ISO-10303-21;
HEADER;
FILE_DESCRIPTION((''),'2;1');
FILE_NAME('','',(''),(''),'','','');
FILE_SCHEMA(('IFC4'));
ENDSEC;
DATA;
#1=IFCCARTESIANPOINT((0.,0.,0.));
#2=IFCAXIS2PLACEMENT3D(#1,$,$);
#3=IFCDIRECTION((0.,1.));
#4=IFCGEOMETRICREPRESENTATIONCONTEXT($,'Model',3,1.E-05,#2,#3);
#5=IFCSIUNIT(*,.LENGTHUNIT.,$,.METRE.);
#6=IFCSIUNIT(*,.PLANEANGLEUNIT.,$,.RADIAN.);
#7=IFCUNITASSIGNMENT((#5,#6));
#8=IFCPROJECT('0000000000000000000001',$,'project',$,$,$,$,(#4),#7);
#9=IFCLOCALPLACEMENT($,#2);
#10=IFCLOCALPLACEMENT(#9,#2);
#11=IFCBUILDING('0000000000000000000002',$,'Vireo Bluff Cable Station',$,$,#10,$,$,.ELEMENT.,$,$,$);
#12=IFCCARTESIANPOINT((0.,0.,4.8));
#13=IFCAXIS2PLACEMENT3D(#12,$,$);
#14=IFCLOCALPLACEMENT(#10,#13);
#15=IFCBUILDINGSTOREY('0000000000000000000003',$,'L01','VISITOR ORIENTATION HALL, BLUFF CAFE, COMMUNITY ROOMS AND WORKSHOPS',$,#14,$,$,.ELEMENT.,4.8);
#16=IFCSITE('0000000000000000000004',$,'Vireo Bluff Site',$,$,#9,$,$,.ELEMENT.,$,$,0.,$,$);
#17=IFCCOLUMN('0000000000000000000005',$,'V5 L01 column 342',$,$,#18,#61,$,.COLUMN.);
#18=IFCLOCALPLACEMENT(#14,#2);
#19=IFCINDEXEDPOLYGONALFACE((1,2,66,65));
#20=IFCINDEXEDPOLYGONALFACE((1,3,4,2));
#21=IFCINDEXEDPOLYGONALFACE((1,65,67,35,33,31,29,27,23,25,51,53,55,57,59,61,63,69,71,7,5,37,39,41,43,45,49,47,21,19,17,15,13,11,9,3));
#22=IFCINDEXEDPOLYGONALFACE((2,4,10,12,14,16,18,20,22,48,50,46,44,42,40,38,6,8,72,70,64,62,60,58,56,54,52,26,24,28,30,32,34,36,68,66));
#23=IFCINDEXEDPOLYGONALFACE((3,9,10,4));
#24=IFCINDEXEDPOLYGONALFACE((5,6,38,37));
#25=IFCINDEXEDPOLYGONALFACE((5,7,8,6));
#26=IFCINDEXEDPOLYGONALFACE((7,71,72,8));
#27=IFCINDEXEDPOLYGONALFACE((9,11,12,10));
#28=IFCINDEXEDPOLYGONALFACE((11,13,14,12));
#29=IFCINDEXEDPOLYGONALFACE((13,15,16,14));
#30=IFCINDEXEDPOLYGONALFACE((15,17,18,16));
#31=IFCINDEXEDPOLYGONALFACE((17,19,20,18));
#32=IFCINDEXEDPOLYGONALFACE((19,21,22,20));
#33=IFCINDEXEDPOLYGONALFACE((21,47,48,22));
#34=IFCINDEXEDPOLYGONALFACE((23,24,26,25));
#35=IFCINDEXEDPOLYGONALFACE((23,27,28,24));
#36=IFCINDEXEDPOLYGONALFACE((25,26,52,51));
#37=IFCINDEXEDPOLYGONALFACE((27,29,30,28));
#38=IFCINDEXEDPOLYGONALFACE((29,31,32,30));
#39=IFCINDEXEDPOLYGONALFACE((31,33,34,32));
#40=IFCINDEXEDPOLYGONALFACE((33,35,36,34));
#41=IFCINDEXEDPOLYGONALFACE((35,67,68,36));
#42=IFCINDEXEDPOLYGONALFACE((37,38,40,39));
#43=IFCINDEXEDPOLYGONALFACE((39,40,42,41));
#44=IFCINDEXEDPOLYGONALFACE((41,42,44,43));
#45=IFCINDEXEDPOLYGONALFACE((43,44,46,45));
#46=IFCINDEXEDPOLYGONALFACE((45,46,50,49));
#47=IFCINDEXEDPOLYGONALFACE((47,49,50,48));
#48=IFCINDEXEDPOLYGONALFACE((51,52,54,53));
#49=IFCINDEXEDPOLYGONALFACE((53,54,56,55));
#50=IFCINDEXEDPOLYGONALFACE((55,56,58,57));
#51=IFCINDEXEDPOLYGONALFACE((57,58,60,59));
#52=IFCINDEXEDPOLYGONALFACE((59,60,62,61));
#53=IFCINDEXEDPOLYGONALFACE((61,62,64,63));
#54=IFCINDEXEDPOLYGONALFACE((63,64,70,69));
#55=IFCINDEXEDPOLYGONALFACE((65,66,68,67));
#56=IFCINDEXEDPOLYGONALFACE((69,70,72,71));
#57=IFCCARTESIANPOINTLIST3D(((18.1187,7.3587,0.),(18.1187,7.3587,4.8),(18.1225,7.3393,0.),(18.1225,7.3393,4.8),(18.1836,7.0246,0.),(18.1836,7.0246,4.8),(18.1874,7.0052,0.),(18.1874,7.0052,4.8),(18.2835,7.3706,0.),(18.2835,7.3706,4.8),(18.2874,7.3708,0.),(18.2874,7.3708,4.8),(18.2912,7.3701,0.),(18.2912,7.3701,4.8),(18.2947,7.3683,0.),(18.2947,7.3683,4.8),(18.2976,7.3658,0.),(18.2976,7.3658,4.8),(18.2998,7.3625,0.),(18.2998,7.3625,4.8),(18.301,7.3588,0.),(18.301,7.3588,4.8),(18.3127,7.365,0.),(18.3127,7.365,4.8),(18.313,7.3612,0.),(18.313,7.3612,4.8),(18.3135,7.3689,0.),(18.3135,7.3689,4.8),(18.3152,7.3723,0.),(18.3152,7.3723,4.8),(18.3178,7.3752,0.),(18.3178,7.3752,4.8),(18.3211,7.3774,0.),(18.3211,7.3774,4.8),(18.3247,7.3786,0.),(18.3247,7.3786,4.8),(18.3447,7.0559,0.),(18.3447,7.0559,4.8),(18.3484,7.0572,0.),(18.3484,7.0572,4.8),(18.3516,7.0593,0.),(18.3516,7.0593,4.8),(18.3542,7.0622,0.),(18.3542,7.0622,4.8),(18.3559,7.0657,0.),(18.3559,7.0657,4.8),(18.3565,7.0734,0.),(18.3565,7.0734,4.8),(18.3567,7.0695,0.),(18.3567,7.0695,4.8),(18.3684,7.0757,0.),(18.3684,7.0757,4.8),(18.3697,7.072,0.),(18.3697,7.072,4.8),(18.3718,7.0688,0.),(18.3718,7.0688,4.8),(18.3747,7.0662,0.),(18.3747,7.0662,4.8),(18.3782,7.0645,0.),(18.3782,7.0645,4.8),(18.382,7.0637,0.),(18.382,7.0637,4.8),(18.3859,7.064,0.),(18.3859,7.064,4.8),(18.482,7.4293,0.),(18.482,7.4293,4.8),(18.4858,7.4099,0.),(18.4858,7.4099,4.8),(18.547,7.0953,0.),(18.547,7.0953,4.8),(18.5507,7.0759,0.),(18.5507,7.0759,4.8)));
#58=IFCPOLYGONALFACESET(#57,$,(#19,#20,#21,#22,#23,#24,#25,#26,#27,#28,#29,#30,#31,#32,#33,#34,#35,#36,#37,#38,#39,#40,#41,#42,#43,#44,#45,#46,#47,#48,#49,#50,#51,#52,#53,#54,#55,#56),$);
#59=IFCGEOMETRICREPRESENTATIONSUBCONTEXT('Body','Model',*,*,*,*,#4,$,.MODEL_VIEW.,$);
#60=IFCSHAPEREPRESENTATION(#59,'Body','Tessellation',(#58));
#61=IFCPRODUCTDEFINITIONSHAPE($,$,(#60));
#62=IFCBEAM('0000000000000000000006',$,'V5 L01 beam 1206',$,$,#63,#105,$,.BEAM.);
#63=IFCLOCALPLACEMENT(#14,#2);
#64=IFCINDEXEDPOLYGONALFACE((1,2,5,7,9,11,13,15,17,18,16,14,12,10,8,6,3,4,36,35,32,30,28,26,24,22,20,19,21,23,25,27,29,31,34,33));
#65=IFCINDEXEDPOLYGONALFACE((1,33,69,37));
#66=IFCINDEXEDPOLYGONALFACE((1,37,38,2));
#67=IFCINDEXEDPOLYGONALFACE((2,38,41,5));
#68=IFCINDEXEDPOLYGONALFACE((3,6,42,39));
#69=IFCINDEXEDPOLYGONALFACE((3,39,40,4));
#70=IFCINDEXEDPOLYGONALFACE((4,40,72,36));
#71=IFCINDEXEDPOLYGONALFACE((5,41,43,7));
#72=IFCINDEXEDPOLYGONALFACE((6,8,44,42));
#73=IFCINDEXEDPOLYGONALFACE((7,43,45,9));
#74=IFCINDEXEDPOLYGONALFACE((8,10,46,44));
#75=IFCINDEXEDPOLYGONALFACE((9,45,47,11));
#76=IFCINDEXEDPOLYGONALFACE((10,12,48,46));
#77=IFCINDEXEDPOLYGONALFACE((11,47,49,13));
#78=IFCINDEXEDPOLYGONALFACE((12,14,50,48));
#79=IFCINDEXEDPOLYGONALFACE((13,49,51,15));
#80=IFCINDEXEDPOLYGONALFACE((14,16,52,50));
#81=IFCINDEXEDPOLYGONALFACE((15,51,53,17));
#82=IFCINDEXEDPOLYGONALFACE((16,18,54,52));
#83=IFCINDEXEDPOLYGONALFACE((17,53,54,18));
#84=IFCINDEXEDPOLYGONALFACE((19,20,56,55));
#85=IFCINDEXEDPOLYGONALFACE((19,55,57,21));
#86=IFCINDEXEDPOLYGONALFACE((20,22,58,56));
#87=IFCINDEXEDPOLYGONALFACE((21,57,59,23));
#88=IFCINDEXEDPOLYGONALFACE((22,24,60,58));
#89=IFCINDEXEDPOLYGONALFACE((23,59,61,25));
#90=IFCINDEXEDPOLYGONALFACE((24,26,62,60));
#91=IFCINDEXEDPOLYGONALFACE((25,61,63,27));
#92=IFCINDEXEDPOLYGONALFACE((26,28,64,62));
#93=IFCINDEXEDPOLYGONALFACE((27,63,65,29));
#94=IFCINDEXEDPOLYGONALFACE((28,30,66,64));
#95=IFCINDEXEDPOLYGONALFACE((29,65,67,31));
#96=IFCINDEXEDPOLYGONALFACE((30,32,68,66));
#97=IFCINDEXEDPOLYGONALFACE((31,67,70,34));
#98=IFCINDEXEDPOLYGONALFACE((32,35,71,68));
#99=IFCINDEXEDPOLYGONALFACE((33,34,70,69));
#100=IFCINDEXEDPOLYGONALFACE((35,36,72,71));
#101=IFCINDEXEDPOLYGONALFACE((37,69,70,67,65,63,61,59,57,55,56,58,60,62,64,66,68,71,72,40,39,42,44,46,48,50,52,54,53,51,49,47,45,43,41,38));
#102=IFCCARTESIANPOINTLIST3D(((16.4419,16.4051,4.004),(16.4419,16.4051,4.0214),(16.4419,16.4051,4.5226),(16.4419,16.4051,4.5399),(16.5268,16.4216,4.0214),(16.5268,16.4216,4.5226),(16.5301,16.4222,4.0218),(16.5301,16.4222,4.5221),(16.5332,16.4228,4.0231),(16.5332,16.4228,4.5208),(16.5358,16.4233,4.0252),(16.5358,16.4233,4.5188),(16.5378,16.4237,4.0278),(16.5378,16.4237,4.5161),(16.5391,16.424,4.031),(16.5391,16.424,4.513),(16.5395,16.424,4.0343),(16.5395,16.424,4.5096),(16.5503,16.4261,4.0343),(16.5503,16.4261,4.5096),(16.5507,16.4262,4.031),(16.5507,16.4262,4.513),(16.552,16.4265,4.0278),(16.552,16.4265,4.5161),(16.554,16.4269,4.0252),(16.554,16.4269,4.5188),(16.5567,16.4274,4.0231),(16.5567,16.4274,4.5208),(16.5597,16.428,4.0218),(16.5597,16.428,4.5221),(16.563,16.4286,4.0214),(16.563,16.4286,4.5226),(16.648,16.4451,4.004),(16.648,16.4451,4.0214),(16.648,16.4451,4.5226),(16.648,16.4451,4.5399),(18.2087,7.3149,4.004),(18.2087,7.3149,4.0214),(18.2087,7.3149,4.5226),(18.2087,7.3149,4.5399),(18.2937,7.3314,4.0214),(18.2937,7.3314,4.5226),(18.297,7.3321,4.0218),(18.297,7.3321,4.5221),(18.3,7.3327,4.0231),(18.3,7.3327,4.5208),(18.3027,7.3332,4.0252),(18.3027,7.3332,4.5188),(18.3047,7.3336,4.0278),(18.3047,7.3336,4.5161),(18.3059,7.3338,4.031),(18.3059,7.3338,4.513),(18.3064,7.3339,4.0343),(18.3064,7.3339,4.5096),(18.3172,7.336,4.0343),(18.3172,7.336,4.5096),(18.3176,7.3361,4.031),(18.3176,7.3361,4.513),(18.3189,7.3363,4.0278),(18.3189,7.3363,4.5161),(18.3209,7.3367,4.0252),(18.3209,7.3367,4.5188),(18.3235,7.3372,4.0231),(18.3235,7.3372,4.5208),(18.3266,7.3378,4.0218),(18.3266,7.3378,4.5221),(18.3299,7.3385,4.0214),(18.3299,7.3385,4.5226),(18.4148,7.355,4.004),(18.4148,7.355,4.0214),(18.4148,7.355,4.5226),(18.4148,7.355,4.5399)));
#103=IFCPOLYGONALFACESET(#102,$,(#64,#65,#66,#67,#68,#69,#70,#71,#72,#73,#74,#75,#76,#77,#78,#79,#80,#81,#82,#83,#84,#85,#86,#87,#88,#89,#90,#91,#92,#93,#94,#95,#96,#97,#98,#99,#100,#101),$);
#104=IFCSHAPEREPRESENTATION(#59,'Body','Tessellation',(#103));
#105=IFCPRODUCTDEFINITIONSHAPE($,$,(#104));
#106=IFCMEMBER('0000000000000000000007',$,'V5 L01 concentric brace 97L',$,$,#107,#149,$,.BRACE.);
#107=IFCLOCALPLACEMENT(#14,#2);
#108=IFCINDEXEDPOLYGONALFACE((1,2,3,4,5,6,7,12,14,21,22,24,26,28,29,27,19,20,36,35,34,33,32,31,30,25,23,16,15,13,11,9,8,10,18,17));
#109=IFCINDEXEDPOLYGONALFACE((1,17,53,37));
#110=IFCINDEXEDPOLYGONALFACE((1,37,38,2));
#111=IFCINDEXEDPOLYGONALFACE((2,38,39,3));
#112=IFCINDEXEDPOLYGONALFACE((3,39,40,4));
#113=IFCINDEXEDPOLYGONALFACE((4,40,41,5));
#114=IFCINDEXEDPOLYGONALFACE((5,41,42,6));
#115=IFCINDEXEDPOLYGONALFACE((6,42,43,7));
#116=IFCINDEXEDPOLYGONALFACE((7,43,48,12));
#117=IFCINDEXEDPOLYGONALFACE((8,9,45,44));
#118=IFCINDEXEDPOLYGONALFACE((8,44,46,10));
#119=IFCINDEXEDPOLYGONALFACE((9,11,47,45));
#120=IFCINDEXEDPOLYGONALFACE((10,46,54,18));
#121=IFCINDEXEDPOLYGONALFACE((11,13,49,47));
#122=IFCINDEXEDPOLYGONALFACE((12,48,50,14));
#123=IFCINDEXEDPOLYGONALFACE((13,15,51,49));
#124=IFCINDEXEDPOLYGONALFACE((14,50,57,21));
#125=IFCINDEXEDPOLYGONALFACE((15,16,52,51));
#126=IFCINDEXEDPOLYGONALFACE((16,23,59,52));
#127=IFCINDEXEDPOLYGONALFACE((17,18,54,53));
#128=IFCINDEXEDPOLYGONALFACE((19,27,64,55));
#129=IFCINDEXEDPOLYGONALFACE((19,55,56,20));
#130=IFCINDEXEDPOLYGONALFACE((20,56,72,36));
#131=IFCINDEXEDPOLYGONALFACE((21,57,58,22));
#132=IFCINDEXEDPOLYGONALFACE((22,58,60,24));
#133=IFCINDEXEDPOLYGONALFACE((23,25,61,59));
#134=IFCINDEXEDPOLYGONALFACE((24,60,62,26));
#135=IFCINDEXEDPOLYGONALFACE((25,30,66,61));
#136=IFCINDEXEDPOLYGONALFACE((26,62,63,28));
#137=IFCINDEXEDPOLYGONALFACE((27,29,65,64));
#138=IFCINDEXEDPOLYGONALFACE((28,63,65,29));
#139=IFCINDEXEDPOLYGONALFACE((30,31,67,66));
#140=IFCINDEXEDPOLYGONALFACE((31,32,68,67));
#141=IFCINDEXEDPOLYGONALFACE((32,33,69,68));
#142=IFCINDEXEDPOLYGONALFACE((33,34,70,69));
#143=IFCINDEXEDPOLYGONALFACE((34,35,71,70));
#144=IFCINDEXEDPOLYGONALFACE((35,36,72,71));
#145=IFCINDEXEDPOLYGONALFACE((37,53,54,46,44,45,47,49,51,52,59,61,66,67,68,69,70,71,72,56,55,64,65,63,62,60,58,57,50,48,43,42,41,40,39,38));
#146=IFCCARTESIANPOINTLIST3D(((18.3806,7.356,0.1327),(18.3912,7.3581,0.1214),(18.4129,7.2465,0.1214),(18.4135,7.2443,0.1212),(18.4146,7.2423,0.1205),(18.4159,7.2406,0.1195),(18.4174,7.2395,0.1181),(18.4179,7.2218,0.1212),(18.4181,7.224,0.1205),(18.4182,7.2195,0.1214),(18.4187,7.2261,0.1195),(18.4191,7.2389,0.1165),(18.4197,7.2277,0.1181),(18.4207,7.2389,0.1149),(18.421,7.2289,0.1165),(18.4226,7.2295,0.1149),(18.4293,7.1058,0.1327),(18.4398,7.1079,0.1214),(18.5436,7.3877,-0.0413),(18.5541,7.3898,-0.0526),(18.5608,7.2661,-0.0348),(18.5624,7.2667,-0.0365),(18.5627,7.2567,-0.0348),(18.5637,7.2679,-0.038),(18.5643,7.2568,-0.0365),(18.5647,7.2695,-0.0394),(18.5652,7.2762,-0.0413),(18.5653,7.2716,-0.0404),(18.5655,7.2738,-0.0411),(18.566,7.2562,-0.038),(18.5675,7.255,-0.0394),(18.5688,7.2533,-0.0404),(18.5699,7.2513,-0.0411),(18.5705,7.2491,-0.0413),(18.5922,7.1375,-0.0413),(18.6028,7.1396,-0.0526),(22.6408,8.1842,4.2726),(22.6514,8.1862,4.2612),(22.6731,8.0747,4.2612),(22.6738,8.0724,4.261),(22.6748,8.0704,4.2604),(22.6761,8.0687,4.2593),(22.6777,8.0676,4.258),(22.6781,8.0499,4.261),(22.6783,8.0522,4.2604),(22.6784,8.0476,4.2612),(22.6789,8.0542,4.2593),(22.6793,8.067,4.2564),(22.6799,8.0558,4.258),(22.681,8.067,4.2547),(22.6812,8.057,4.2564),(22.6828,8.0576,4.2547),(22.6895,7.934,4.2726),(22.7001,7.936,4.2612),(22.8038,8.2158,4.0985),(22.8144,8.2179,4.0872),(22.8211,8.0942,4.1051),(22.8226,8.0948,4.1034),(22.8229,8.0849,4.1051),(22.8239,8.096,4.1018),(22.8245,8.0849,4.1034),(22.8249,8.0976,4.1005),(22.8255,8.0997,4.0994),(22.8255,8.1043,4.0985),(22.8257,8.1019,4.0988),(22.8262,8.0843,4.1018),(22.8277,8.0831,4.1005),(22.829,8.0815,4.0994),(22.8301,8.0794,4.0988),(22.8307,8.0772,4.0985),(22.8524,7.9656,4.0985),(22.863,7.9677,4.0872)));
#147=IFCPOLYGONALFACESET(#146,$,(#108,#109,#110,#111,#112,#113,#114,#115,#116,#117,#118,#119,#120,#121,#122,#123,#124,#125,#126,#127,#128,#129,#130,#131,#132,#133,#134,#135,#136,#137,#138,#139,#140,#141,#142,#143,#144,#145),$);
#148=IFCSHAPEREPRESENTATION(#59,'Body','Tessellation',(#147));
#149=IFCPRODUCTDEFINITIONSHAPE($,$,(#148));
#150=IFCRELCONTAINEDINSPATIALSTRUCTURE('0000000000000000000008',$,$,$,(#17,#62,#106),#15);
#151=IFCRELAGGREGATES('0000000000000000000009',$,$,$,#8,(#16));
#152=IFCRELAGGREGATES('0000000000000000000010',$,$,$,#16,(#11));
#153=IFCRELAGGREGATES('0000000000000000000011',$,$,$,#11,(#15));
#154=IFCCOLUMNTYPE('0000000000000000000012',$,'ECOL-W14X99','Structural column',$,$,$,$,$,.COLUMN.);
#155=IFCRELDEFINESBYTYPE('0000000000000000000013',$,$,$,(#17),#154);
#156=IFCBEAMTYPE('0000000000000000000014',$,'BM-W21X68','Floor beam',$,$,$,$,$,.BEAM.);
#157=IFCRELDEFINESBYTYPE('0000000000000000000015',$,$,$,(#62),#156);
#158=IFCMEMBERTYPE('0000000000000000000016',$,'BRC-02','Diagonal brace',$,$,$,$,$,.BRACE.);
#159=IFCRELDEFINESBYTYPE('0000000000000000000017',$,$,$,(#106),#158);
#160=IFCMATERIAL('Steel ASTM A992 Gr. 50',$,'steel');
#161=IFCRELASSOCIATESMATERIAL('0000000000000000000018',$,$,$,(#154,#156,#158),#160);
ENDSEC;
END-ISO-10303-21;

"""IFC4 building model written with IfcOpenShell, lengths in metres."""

from ifc_helpers import new_model, si_unit, direction, frame, origin, origin_2d, place, context, subcontext, project, spatial, i_section, extrude, material, material_profile, profile_set, type_object, element, save


model = new_model("IFC4")

# Units and contexts
model_context = context("Model", 3, precision=1e-05, world=origin(), true_north=direction((0.0, 1.0)))
body_context = subcontext(model_context, "Body", "Model", "MODEL_VIEW")
ifc_project = project(units=[si_unit("LENGTHUNIT", "METRE"), si_unit("PLANEANGLEUNIT", "RADIAN")], contexts=[model_context])

# Site, building, storey
site_placement = place(None, origin())
site = spatial("IfcSite", under=ifc_project, at=site_placement, Name="Vireo Bluff Site", CompositionType="ELEMENT", RefElevation=0.0)
building_placement = place(site_placement, origin())
building = spatial("IfcBuilding", under=site, at=building_placement, Name="Vireo Bluff Cable Station", CompositionType="ELEMENT")
storey_placement = place(building_placement, frame((0.0, 0.0, 4.8)))
storey = spatial("IfcBuildingStorey", under=building, at=storey_placement, Name="L01", Description="VISITOR ORIENTATION HALL, BLUFF CAFE, COMMUNITY ROOMS AND WORKSHOPS", CompositionType="ELEMENT", Elevation=4.8)

# Column
ifc_material_1 = material(Name="Steel ASTM A992 Gr. 50", Category="steel")
ifc_material_profile_1 = material_profile(ifc_material_1, i_section(OverallWidth=0.3701, OverallDepth=0.3601, WebThickness=0.0122, FlangeThickness=0.0198, FilletRadius=0.0149, at=origin_2d()), Name="W14X99")
ifc_profile_set_1 = profile_set([ifc_material_profile_1], Name="Steel ASTM A992 Gr. 50")
column_type = type_object("IfcColumnType", Name="ECOL-W14X99", Description="Structural column", PredefinedType="COLUMN", material=ifc_profile_set_1)
column_placement = place(storey_placement, frame((18.3347, 7.2173, 0.0), z_axis=(0.0, 0.0, 1.0), x_axis=(0.981627, 0.190809, 0.0)))
element("IfcColumn", 1, at=column_placement, inside=storey, type_object=column_type, Name="V5 L01 column 342", PredefinedType="COLUMN", context=body_context, shape_type="SweptSolid", body=[
    extrude(i_section(OverallWidth=0.3701, OverallDepth=0.3601, WebThickness=0.0122, FlangeThickness=0.0198, FilletRadius=0.0149, at=origin_2d()), origin(), (0.0, 0.0, 1.0), 4.8),
])

# Beam
ifc_material_profile_2 = material_profile(ifc_material_1, i_section(OverallWidth=0.21, OverallDepth=0.5359, WebThickness=0.011, FlangeThickness=0.0173, FilletRadius=0.0129, at=origin_2d()), Name="W21X68")
ifc_profile_set_2 = profile_set([ifc_material_profile_2], Name="Steel ASTM A992 Gr. 50")
beam_type_1 = type_object("IfcBeamType", Name="BM-W21X68", Description="Floor beam", PredefinedType="BEAM", material=ifc_profile_set_2)
beam_1_placement = place(storey_placement, frame((18.3118, 7.335, 4.272), z_axis=(-0.1908, 0.981629, 0.0), x_axis=(-0.981629, -0.1908, 0.0)))
element("IfcBeam", 2, at=beam_1_placement, inside=storey, type_object=beam_type_1, Name="V5 L01 beam 1206", PredefinedType="BEAM", context=body_context, shape_type="SweptSolid", body=[
    extrude(i_section(OverallWidth=0.21, OverallDepth=0.5359, WebThickness=0.011, FlangeThickness=0.0173, FilletRadius=0.0129, at=origin_2d()), origin(), (0.0, 0.0, 1.0), 9.2603),
])

# Member
ifc_material_profile_3 = material_profile(ifc_material_1, i_section(OverallWidth=0.2549, OverallDepth=0.2561, WebThickness=0.0095, FlangeThickness=0.0156, FilletRadius=0.009, at=origin_2d()), Name="W10X54")
ifc_profile_set_3 = profile_set([ifc_material_profile_3], Name="Steel ASTM A992 Gr. 50")
member_type = type_object("IfcMemberType", Name="BRC-02", Description="Diagonal brace", PredefinedType="BRACE", material=ifc_profile_set_3)
member_placement = place(storey_placement, frame((18.4917, 7.2478, 0.04), z_axis=(0.710296, 0.13807, 0.690229), x_axis=(-0.190812, 0.981627, 0.0)))
element("IfcMember", 3, at=member_placement, inside=storey, type_object=member_type, Name="V5 L01 concentric brace 97L", PredefinedType="BRACE", context=body_context, shape_type="SweptSolid", body=[
    extrude(i_section(OverallWidth=0.2549, OverallDepth=0.2561, WebThickness=0.0095, FlangeThickness=0.0156, FilletRadius=0.009, at=origin_2d()), origin(), (0.0, 0.0, 1.0), 5.9978),
])

save(model, "model.ifc")
